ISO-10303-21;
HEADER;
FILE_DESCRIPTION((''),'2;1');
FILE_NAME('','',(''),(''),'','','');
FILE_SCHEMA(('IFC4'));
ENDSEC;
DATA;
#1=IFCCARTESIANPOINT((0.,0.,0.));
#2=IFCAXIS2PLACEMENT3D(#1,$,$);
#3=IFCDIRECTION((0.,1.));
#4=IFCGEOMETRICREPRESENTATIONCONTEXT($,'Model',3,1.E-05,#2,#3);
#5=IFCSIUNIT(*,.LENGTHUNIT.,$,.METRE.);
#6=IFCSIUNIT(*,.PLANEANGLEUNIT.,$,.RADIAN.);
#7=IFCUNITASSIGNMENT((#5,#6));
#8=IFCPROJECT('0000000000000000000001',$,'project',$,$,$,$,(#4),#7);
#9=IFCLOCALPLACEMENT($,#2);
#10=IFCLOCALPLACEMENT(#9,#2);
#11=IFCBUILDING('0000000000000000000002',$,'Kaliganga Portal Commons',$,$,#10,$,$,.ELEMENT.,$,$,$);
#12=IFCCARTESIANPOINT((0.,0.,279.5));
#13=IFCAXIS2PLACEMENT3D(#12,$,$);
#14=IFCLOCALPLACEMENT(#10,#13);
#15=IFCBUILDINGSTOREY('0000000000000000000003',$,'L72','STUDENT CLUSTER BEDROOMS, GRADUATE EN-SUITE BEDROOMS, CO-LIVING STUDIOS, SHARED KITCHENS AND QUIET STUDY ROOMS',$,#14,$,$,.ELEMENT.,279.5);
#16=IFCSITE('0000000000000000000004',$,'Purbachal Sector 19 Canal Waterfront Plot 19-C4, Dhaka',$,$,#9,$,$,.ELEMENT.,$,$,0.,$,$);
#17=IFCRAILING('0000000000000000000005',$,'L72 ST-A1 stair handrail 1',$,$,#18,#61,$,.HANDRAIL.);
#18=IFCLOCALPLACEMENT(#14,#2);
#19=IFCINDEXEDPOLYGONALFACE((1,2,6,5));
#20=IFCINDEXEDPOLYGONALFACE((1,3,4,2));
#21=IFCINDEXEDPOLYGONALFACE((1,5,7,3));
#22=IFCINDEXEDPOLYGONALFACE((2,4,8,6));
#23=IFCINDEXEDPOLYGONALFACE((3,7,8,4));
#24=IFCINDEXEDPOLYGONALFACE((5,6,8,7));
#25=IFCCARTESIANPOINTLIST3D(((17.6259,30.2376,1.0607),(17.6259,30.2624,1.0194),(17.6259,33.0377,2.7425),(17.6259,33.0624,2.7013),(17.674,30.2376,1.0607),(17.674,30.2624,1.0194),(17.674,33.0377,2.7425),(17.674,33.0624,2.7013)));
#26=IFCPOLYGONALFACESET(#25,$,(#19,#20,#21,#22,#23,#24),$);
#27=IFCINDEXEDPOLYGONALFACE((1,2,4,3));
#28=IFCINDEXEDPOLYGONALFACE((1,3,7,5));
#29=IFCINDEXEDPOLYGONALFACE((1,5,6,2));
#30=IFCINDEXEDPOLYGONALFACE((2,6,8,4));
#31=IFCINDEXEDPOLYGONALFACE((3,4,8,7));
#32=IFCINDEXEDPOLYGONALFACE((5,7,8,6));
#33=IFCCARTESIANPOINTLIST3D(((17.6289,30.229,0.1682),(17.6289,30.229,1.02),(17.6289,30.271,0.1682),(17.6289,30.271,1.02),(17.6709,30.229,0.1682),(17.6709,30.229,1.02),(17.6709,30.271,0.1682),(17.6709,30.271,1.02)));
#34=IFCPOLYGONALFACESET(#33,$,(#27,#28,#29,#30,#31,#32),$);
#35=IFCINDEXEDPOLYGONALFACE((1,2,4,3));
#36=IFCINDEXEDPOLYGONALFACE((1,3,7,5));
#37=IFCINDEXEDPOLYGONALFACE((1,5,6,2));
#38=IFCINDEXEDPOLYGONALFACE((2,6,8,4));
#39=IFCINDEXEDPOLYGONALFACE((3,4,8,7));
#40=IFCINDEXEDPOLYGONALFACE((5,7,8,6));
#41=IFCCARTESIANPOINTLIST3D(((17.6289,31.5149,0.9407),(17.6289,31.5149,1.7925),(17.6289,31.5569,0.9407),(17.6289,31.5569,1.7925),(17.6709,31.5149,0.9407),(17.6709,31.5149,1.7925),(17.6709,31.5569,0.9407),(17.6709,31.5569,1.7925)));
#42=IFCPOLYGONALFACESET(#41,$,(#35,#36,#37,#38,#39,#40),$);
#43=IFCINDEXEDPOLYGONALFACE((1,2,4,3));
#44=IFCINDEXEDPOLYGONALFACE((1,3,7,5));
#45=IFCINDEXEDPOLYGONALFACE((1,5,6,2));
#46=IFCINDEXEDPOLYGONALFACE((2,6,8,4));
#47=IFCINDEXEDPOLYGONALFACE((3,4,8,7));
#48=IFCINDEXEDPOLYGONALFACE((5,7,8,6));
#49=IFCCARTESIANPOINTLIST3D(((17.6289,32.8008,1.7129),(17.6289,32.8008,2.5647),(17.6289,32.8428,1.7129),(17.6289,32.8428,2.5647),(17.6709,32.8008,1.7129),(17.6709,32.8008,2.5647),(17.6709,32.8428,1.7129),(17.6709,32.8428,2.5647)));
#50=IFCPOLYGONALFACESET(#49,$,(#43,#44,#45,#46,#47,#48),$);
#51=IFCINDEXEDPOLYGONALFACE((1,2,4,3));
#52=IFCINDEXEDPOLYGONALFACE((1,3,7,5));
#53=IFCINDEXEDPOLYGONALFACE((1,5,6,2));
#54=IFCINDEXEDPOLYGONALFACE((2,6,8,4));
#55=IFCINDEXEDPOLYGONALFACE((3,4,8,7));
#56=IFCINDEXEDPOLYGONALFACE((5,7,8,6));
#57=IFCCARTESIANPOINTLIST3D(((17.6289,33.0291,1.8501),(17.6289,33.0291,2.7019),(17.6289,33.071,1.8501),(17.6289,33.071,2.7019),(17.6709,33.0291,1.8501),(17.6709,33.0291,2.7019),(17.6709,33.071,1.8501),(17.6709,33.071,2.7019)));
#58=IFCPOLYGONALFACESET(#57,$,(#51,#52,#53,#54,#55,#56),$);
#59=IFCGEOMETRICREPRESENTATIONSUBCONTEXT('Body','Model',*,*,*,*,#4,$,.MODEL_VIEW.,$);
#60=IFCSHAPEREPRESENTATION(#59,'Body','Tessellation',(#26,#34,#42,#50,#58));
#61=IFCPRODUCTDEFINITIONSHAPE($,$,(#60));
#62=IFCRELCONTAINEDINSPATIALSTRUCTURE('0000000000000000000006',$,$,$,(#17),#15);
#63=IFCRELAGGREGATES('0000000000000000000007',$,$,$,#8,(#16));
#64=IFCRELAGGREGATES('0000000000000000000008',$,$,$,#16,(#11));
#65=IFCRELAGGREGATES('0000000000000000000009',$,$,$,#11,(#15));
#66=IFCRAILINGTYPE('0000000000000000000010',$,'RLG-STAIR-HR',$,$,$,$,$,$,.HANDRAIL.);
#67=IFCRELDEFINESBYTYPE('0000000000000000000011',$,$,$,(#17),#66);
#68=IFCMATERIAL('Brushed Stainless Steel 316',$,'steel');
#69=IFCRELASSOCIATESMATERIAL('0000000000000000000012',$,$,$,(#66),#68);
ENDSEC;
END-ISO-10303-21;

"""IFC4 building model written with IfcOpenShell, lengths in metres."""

from ifc_helpers import new_model, si_unit, direction, frame, origin, origin_2d, place, context, subcontext, project, spatial, rectangle, extrude, material, type_object, element, save


model = new_model("IFC4")

# Units and contexts
model_context = context("Model", 3, precision=1e-05, world=origin(), true_north=direction((0.0, 1.0)))
body_context = subcontext(model_context, "Body", "Model", "MODEL_VIEW")
ifc_project = project(units=[si_unit("LENGTHUNIT", "METRE"), si_unit("PLANEANGLEUNIT", "RADIAN")], contexts=[model_context])

# Site, building, storey
site_placement = place(None, origin())
site = spatial("IfcSite", under=ifc_project, at=site_placement, Name="Purbachal Sector 19 Canal Waterfront Plot 19-C4, Dhaka", CompositionType="ELEMENT", RefElevation=0.0)
building_placement = place(site_placement, origin())
building = spatial("IfcBuilding", under=site, at=building_placement, Name="Kaliganga Portal Commons", CompositionType="ELEMENT")
storey_placement = place(building_placement, frame((0.0, 0.0, 279.5)))
storey = spatial("IfcBuildingStorey", under=building, at=storey_placement, Name="L72", Description="STUDENT CLUSTER BEDROOMS, GRADUATE EN-SUITE BEDROOMS, CO-LIVING STUDIOS, SHARED KITCHENS AND QUIET STUDY ROOMS", CompositionType="ELEMENT", Elevation=279.5)

# Railing
ifc_material_1 = material(Name="Brushed Stainless Steel 316", Category="steel")
railing_type_1 = type_object("IfcRailingType", Name="RLG-STAIR-HR", PredefinedType="HANDRAIL", material=ifc_material_1)
railing_1_placement = place(storey_placement, frame((17.6499, 30.25, 0.1682)))
element("IfcRailing", 1, at=railing_1_placement, inside=storey, type_object=railing_type_1, Name="L72 ST-A1 stair handrail 1", PredefinedType="HANDRAIL", context=body_context, shape_type="SweptSolid", body=[
    extrude(rectangle(XDim=0.0481, YDim=0.0481, at=origin_2d()), frame((0.0, 0.0, 0.8718), z_axis=(0.0, 0.857242, 0.514913), x_axis=(-1.0, 0.0, 0.0)), (0.0, 0.0, 1.0), 3.2664),
    extrude(rectangle(XDim=0.042, YDim=0.042, at=origin_2d()), origin(), (0.0, 0.0, 1.0), 0.8518),
    extrude(rectangle(XDim=0.042, YDim=0.042, at=origin_2d()), frame((0.0, 1.2859, 0.7725)), (0.0, 0.0, 1.0), 0.8518),
    extrude(rectangle(XDim=0.042, YDim=0.042, at=origin_2d()), frame((0.0, 2.5718, 1.5447)), (0.0, 0.0, 1.0), 0.8518),
    extrude(rectangle(XDim=0.042, YDim=0.042, at=origin_2d()), frame((0.0, 2.8, 1.6819)), (0.0, 0.0, 1.0), 0.8518),
])

save(model, "model.ifc")
